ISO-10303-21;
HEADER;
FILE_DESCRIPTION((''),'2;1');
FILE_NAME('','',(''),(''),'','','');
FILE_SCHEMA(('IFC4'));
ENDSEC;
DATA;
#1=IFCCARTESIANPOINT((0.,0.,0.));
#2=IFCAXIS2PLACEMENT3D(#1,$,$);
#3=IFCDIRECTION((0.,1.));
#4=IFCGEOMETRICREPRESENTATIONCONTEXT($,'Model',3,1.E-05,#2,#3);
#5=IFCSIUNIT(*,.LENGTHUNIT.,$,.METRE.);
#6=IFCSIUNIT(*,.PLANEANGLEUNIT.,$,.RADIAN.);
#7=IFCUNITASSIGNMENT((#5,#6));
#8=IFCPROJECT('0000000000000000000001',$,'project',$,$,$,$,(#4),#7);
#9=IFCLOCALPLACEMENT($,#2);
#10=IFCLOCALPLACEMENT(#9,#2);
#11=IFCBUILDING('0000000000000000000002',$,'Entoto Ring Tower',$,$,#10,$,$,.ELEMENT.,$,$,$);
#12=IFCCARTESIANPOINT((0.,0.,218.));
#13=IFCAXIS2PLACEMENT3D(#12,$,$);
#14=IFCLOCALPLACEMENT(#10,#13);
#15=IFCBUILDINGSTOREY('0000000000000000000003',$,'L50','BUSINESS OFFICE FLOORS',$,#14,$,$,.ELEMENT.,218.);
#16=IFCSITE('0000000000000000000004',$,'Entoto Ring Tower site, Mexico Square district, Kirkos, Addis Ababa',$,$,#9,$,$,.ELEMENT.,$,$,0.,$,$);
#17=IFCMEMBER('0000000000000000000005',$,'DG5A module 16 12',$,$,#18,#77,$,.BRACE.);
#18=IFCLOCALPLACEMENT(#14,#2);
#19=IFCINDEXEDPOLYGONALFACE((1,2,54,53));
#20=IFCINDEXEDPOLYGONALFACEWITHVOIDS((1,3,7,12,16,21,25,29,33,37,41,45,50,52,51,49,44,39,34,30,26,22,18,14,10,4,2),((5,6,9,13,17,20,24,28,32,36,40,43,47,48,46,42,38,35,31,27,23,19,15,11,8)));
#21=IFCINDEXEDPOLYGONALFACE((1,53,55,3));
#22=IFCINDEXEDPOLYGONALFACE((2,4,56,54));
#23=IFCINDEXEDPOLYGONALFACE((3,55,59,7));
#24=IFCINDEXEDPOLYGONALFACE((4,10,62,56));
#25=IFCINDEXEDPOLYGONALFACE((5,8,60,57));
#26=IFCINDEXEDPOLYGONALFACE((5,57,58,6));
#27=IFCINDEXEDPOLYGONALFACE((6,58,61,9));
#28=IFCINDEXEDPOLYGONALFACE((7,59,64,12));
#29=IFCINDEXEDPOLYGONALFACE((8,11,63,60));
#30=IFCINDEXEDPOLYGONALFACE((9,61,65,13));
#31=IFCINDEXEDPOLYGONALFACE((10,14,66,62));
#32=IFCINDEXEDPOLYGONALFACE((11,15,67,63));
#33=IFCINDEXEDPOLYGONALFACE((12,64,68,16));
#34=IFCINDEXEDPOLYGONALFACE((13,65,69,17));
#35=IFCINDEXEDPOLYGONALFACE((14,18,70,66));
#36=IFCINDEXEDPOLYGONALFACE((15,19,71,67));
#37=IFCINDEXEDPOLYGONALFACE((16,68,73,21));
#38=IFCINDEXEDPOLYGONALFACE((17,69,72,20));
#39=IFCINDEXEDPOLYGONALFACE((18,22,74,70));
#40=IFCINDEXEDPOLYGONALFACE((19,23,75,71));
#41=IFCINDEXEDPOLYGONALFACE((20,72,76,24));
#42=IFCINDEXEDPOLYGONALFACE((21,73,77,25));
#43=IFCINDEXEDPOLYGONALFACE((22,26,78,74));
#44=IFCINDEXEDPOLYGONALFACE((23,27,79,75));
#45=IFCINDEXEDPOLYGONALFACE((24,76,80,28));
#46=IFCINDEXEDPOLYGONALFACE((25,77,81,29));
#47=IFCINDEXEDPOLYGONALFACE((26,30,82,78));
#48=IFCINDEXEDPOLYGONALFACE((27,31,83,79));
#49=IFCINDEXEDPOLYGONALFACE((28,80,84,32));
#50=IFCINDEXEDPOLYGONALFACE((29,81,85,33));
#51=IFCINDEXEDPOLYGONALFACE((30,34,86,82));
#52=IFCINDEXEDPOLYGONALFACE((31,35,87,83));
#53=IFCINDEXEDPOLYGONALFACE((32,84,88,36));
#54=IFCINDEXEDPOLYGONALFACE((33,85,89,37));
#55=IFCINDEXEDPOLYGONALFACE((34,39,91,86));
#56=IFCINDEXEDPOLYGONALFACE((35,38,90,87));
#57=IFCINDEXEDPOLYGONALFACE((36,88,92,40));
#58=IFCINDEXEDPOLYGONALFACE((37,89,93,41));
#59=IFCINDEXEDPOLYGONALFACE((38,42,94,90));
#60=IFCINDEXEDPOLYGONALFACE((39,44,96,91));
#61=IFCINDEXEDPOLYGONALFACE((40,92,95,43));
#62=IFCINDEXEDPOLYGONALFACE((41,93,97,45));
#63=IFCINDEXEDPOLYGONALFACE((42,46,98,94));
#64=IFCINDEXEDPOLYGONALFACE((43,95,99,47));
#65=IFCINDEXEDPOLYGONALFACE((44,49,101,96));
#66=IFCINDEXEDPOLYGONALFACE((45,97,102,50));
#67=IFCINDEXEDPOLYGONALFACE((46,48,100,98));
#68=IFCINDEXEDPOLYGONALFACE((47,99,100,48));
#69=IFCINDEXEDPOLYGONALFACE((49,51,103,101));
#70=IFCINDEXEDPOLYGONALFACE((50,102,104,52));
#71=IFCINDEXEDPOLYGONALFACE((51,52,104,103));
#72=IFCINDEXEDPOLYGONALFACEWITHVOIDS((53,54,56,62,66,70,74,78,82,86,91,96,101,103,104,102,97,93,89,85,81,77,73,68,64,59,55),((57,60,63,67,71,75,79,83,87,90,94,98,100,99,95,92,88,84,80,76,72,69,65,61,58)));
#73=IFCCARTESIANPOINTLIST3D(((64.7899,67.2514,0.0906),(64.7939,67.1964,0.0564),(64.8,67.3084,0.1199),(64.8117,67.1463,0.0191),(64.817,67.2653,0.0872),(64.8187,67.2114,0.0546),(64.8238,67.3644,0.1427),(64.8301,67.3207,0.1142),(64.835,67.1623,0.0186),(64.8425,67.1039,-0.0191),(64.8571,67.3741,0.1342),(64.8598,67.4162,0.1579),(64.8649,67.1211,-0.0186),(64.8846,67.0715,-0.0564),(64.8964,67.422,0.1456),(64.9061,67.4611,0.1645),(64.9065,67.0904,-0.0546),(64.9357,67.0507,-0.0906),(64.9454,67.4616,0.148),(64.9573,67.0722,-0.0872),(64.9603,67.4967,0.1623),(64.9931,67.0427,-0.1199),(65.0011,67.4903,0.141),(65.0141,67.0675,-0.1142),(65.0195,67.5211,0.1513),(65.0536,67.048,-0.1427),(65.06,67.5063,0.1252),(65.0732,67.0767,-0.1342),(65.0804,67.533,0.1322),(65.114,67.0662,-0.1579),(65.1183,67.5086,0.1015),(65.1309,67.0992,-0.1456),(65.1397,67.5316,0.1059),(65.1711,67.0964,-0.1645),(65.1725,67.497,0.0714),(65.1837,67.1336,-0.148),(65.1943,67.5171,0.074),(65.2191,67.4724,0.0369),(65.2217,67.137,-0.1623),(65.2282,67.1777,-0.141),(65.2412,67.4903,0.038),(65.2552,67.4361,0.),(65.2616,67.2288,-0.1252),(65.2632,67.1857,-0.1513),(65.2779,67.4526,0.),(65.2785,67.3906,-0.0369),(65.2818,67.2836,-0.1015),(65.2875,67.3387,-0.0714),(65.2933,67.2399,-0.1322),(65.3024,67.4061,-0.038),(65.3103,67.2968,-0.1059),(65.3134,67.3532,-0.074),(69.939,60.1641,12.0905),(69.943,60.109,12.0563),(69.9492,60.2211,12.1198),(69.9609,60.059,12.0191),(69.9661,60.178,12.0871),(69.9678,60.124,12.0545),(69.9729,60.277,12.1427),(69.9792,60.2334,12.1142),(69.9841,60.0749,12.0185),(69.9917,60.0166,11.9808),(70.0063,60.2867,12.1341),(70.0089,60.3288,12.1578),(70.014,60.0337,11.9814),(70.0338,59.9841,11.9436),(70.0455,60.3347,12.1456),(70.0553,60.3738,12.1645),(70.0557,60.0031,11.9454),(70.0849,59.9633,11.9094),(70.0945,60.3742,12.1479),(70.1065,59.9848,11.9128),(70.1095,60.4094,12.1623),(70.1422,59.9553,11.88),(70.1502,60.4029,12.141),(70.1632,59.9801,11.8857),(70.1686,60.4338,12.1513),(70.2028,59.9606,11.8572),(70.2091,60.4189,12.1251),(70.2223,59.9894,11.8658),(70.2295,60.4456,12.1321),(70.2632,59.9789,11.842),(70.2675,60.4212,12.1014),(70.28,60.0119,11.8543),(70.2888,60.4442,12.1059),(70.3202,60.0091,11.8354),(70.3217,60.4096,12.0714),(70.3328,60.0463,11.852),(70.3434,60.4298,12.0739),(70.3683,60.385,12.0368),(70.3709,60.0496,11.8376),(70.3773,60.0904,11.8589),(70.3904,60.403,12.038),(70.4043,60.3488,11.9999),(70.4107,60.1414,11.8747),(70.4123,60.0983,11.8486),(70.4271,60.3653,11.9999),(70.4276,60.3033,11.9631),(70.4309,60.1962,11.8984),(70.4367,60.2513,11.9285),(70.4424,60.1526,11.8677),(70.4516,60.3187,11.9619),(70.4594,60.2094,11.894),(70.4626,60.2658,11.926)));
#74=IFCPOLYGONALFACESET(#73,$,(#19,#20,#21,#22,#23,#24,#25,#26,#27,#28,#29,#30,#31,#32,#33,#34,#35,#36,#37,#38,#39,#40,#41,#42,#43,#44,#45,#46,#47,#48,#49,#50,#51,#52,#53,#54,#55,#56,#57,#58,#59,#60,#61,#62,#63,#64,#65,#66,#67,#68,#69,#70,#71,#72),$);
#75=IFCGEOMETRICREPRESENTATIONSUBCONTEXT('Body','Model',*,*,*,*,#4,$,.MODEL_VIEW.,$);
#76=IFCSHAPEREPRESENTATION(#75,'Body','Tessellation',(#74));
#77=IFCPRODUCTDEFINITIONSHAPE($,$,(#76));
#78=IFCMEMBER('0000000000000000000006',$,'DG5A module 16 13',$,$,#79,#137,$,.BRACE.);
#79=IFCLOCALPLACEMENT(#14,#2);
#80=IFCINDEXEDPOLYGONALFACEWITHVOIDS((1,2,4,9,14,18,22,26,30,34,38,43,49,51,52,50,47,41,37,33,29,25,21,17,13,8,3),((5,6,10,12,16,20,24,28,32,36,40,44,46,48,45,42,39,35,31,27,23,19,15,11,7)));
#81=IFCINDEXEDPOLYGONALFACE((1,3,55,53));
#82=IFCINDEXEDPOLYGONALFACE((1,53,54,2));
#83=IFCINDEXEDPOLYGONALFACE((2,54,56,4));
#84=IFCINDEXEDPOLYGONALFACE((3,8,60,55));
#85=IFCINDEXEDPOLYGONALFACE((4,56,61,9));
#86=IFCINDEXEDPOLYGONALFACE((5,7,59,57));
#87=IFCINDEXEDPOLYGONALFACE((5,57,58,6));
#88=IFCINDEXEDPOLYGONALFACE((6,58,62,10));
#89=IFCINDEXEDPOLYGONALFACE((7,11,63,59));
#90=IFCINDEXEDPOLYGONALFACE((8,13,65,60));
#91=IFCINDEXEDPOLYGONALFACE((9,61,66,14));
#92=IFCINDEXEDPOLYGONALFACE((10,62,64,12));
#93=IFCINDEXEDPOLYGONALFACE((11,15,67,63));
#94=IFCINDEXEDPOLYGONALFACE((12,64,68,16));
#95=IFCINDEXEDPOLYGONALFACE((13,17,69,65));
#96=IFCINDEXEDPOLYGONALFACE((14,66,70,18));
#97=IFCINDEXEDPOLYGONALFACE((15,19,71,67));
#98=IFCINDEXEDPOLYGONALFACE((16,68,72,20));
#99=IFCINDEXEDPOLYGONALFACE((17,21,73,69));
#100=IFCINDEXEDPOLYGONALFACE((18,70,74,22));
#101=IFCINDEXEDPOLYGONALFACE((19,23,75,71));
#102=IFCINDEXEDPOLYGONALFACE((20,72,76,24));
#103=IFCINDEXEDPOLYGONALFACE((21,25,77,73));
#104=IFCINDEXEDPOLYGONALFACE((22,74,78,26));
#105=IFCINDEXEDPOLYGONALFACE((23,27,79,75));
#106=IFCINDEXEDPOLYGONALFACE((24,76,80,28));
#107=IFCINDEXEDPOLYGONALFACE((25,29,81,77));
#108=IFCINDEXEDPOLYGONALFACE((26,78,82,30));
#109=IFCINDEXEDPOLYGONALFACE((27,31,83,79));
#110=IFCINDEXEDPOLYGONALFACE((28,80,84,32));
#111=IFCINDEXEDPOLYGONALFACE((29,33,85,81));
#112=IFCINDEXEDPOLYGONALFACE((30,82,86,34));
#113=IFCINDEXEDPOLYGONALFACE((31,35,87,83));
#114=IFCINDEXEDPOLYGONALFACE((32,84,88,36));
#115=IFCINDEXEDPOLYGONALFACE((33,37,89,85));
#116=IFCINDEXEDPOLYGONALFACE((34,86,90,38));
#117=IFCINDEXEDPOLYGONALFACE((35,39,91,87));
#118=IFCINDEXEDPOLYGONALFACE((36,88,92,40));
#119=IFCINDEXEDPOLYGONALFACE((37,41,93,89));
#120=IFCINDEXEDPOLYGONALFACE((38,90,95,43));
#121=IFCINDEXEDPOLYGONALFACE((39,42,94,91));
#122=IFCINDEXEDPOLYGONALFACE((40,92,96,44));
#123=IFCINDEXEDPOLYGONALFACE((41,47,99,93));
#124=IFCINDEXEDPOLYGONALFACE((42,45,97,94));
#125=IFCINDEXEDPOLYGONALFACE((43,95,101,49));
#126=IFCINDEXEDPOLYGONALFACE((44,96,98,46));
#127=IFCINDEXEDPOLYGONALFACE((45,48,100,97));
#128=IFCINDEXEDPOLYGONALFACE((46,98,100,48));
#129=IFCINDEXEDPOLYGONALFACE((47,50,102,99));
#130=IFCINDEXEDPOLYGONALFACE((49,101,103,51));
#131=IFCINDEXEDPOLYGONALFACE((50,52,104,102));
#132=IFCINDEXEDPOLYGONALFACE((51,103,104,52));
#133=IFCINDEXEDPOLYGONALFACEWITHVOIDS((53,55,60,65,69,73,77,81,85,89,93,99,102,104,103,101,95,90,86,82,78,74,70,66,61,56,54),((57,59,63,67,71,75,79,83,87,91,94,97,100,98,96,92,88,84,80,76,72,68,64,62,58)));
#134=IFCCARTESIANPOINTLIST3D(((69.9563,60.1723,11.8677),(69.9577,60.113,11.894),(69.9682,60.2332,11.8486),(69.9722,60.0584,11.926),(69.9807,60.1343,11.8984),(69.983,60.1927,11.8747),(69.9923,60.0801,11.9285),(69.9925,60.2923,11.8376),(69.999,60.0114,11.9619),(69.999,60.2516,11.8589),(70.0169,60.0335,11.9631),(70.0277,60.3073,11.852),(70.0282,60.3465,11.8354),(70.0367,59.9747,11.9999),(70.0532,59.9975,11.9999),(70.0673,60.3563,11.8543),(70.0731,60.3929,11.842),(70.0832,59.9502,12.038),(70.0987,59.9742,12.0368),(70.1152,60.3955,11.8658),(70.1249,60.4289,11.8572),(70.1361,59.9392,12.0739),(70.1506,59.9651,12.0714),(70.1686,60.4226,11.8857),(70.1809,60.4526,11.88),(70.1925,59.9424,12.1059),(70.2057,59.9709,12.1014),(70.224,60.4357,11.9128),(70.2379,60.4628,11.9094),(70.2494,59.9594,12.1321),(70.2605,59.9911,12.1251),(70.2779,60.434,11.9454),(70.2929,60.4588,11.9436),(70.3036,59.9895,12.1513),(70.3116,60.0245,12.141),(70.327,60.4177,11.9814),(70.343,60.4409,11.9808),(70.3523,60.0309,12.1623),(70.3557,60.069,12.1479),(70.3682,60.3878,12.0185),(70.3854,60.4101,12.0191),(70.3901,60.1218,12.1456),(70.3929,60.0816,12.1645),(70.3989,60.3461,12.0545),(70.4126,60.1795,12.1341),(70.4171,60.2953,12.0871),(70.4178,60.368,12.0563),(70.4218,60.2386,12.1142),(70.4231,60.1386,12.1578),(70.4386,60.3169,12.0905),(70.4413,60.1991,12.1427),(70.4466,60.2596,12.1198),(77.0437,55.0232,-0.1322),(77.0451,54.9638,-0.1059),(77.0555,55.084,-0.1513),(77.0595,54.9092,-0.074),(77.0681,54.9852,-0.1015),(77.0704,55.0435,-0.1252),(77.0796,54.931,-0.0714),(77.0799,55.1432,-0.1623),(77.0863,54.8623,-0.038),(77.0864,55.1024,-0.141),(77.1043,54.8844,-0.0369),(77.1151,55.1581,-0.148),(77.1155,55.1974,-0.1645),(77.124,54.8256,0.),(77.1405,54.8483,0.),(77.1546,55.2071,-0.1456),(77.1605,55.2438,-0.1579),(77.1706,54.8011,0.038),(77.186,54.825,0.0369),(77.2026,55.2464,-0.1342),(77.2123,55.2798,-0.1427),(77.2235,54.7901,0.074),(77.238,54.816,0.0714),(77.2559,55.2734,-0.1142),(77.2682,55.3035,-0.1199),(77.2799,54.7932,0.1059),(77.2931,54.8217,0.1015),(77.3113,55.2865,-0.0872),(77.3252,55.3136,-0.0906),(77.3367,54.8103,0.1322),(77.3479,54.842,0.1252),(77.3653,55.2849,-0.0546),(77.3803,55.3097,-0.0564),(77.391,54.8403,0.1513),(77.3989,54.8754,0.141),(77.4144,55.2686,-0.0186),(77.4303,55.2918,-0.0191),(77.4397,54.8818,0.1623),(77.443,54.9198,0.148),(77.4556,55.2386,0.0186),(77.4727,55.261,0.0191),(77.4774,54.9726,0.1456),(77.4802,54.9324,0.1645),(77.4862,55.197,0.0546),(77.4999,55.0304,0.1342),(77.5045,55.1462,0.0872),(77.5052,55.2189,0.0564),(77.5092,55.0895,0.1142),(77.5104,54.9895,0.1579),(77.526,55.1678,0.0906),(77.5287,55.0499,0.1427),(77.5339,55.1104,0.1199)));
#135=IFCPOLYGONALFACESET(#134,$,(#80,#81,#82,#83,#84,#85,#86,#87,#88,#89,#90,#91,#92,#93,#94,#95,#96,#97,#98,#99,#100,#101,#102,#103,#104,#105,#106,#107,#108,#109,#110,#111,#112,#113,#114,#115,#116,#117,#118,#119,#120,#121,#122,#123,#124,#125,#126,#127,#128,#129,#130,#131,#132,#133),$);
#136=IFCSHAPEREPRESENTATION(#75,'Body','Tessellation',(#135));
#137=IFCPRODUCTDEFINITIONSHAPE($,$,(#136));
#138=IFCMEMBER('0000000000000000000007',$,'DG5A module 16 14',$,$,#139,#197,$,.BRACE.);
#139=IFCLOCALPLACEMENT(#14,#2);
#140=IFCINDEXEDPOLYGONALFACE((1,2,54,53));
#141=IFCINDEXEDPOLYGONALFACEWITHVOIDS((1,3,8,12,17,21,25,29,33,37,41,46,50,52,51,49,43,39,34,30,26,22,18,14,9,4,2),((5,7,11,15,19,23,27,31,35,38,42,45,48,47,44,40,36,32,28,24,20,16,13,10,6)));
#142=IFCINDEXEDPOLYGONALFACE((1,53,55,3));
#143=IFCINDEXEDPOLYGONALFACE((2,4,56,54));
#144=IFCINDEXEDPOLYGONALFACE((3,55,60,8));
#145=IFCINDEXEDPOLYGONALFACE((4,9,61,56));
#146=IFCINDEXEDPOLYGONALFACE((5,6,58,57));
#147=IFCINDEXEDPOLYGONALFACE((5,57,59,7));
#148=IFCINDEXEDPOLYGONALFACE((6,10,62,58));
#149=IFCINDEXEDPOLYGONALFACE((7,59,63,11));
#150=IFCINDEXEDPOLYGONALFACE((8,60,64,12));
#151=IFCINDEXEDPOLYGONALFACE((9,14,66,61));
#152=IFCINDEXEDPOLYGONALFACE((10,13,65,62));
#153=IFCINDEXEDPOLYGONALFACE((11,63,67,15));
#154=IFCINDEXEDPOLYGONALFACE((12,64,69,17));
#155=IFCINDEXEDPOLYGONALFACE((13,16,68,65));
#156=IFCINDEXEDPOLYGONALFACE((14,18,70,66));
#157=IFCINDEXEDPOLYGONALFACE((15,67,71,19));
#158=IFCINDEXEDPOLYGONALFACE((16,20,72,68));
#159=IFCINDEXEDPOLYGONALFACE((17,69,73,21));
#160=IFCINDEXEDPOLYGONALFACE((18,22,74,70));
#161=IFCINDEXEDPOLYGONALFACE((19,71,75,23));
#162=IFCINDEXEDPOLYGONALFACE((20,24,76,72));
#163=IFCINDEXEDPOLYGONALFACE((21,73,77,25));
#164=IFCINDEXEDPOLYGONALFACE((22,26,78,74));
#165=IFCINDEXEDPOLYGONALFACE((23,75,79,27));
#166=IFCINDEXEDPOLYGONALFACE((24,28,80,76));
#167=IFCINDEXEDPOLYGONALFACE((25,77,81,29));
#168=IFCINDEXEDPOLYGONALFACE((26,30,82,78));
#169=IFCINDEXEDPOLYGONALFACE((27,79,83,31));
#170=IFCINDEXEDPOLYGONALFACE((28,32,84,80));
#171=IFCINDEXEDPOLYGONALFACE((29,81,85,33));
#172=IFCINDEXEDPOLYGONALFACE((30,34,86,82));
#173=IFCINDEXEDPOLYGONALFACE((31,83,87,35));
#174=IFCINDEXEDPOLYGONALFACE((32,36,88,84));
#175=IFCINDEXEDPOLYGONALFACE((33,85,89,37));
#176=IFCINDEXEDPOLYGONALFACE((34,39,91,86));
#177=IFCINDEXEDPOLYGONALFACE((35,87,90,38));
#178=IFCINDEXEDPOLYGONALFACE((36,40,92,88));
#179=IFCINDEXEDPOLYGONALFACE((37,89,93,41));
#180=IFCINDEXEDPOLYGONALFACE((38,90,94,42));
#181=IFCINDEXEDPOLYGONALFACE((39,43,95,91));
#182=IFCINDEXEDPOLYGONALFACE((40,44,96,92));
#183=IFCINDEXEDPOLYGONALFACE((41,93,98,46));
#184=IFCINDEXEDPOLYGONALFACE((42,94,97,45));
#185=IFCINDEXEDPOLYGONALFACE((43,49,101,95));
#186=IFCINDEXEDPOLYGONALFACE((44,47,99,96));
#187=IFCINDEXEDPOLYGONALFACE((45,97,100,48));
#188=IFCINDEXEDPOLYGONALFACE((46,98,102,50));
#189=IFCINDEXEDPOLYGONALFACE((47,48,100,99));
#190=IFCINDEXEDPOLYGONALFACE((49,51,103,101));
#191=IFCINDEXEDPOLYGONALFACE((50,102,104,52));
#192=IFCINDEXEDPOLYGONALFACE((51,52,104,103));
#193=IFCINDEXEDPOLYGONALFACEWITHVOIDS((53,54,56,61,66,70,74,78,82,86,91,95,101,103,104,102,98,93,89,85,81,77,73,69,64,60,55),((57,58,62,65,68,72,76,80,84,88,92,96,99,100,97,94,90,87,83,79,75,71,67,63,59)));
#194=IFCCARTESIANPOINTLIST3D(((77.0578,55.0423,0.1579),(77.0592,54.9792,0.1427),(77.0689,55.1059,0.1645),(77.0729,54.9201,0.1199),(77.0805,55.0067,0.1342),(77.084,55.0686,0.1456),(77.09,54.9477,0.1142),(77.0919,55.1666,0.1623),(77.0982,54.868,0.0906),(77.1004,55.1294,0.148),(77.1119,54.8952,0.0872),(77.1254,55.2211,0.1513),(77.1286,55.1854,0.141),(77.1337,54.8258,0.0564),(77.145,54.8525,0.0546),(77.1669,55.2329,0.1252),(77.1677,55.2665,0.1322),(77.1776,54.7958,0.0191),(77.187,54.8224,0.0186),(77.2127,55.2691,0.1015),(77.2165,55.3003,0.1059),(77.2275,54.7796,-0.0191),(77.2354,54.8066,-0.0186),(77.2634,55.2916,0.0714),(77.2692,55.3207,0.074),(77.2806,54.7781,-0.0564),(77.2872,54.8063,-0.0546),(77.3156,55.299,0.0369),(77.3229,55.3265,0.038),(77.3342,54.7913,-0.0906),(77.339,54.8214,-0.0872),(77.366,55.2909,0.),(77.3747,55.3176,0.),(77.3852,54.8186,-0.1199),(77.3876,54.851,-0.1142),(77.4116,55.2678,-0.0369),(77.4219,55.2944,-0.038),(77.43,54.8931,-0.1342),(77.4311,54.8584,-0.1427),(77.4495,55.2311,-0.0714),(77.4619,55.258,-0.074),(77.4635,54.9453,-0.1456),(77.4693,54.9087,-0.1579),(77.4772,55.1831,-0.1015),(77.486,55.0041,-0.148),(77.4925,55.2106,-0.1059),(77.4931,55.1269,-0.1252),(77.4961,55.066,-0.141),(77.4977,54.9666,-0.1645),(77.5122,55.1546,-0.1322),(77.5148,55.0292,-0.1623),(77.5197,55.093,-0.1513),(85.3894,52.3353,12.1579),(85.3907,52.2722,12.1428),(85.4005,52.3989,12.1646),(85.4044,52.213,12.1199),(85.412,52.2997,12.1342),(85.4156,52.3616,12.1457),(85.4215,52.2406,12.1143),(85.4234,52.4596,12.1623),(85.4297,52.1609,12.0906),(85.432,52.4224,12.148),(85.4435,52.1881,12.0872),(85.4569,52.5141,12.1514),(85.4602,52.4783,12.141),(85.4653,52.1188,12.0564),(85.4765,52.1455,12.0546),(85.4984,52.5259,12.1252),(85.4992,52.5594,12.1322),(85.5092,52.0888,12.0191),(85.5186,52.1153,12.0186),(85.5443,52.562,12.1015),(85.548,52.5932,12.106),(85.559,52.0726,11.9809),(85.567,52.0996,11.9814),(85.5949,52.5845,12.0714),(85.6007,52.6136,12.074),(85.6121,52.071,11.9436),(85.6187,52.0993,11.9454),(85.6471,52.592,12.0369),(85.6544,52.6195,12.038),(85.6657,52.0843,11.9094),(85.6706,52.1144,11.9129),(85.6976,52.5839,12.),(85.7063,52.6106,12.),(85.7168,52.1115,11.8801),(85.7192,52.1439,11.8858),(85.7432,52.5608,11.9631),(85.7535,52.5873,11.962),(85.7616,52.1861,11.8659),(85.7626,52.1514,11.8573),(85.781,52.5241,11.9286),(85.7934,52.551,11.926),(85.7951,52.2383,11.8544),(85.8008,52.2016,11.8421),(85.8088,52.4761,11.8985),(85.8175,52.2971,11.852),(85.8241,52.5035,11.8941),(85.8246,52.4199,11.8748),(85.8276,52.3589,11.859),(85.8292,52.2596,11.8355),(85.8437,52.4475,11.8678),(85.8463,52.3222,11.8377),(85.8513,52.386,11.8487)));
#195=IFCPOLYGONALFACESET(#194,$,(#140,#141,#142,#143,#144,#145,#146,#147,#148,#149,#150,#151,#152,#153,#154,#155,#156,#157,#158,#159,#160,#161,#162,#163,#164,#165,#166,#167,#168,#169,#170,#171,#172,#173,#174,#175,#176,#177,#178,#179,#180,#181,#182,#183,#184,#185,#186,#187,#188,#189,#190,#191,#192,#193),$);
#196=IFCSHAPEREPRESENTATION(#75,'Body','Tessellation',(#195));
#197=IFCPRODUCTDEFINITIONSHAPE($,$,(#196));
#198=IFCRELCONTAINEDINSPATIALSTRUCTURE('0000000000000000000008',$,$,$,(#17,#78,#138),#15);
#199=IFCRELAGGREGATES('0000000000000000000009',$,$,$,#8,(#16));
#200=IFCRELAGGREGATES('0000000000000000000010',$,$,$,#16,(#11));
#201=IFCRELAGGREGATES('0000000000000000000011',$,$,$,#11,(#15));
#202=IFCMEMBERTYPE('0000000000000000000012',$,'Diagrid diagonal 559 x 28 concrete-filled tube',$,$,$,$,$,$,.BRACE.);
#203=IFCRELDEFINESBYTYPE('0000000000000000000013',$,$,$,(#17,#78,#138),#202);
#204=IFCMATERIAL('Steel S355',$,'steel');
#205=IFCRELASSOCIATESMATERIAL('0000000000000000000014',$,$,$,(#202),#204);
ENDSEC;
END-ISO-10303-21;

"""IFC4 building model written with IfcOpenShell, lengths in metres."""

from ifc_helpers import new_model, si_unit, direction, frame, origin, origin_2d, place, context, subcontext, project, spatial, circle, hollow_circle, extrude, material, material_profile, profile_set, type_object, element, save


model = new_model("IFC4")

# Units and contexts
model_context = context("Model", 3, precision=1e-05, world=origin(), true_north=direction((0.0, 1.0)))
body_context = subcontext(model_context, "Body", "Model", "MODEL_VIEW")
ifc_project = project(units=[si_unit("LENGTHUNIT", "METRE"), si_unit("PLANEANGLEUNIT", "RADIAN")], contexts=[model_context])

# Site, building, storey
site_placement = place(None, origin())
site = spatial("IfcSite", under=ifc_project, at=site_placement, Name="Entoto Ring Tower site, Mexico Square district, Kirkos, Addis Ababa", CompositionType="ELEMENT", RefElevation=0.0)
building_placement = place(site_placement, origin())
building = spatial("IfcBuilding", under=site, at=building_placement, Name="Entoto Ring Tower", CompositionType="ELEMENT")
storey_placement = place(building_placement, frame((0.0, 0.0, 218.0)))
storey = spatial("IfcBuildingStorey", under=building, at=storey_placement, Name="L50", Description="BUSINESS OFFICE FLOORS", CompositionType="ELEMENT", Elevation=218.0)

# Members
ifc_material_1 = material(Name="Steel S355", Category="steel")
ifc_material_profile_1 = material_profile(ifc_material_1, hollow_circle(Radius=0.2795, WallThickness=0.0281, at=origin_2d()), Name="CHS 559 x 28")
ifc_material_2 = material(Name="Concrete C60/75", Category="concrete")
ifc_material_profile_2 = material_profile(ifc_material_2, circle(Radius=0.2515, at=origin_2d()), Name="Concrete C60/75 infill")
ifc_profile_set_1 = profile_set([ifc_material_profile_1, ifc_material_profile_2], Name="Steel S355")
member_type_1 = type_object("IfcMemberType", Name="Diagrid diagonal 559 x 28 concrete-filled tube", PredefinedType="BRACE", material=ifc_profile_set_1)
for number, where, z_axis, x_axis, name in (
    (1, (65.0518, 67.2883, 0.0), (0.34657, -0.477025, 0.807673), (0.809024, 0.587776, 0.0), "DG5A module 16 12"),
    (2, (77.2883, 55.0518, 0.0), (-0.477025, 0.34657, 0.807673), (-0.587776, -0.809024, 0.0), "DG5A module 16 13"),
    (3, (77.2883, 55.0518, 0.0), (0.560767, -0.182201, 0.807678), (0.309012, 0.951058, 0.0), "DG5A module 16 14"),
):
    element("IfcMember", number, at=place(storey_placement, frame(where, z_axis=z_axis, x_axis=x_axis)), inside=storey, type_object=member_type_1, Name=name, PredefinedType="BRACE", context=body_context, shape_type="SweptSolid", body=[
        extrude(hollow_circle(Radius=0.2795, WallThickness=0.0281, at=origin_2d()), origin(), (0.0, 0.0, 1.0), 14.8574),
    ])

save(model, "model.ifc")
